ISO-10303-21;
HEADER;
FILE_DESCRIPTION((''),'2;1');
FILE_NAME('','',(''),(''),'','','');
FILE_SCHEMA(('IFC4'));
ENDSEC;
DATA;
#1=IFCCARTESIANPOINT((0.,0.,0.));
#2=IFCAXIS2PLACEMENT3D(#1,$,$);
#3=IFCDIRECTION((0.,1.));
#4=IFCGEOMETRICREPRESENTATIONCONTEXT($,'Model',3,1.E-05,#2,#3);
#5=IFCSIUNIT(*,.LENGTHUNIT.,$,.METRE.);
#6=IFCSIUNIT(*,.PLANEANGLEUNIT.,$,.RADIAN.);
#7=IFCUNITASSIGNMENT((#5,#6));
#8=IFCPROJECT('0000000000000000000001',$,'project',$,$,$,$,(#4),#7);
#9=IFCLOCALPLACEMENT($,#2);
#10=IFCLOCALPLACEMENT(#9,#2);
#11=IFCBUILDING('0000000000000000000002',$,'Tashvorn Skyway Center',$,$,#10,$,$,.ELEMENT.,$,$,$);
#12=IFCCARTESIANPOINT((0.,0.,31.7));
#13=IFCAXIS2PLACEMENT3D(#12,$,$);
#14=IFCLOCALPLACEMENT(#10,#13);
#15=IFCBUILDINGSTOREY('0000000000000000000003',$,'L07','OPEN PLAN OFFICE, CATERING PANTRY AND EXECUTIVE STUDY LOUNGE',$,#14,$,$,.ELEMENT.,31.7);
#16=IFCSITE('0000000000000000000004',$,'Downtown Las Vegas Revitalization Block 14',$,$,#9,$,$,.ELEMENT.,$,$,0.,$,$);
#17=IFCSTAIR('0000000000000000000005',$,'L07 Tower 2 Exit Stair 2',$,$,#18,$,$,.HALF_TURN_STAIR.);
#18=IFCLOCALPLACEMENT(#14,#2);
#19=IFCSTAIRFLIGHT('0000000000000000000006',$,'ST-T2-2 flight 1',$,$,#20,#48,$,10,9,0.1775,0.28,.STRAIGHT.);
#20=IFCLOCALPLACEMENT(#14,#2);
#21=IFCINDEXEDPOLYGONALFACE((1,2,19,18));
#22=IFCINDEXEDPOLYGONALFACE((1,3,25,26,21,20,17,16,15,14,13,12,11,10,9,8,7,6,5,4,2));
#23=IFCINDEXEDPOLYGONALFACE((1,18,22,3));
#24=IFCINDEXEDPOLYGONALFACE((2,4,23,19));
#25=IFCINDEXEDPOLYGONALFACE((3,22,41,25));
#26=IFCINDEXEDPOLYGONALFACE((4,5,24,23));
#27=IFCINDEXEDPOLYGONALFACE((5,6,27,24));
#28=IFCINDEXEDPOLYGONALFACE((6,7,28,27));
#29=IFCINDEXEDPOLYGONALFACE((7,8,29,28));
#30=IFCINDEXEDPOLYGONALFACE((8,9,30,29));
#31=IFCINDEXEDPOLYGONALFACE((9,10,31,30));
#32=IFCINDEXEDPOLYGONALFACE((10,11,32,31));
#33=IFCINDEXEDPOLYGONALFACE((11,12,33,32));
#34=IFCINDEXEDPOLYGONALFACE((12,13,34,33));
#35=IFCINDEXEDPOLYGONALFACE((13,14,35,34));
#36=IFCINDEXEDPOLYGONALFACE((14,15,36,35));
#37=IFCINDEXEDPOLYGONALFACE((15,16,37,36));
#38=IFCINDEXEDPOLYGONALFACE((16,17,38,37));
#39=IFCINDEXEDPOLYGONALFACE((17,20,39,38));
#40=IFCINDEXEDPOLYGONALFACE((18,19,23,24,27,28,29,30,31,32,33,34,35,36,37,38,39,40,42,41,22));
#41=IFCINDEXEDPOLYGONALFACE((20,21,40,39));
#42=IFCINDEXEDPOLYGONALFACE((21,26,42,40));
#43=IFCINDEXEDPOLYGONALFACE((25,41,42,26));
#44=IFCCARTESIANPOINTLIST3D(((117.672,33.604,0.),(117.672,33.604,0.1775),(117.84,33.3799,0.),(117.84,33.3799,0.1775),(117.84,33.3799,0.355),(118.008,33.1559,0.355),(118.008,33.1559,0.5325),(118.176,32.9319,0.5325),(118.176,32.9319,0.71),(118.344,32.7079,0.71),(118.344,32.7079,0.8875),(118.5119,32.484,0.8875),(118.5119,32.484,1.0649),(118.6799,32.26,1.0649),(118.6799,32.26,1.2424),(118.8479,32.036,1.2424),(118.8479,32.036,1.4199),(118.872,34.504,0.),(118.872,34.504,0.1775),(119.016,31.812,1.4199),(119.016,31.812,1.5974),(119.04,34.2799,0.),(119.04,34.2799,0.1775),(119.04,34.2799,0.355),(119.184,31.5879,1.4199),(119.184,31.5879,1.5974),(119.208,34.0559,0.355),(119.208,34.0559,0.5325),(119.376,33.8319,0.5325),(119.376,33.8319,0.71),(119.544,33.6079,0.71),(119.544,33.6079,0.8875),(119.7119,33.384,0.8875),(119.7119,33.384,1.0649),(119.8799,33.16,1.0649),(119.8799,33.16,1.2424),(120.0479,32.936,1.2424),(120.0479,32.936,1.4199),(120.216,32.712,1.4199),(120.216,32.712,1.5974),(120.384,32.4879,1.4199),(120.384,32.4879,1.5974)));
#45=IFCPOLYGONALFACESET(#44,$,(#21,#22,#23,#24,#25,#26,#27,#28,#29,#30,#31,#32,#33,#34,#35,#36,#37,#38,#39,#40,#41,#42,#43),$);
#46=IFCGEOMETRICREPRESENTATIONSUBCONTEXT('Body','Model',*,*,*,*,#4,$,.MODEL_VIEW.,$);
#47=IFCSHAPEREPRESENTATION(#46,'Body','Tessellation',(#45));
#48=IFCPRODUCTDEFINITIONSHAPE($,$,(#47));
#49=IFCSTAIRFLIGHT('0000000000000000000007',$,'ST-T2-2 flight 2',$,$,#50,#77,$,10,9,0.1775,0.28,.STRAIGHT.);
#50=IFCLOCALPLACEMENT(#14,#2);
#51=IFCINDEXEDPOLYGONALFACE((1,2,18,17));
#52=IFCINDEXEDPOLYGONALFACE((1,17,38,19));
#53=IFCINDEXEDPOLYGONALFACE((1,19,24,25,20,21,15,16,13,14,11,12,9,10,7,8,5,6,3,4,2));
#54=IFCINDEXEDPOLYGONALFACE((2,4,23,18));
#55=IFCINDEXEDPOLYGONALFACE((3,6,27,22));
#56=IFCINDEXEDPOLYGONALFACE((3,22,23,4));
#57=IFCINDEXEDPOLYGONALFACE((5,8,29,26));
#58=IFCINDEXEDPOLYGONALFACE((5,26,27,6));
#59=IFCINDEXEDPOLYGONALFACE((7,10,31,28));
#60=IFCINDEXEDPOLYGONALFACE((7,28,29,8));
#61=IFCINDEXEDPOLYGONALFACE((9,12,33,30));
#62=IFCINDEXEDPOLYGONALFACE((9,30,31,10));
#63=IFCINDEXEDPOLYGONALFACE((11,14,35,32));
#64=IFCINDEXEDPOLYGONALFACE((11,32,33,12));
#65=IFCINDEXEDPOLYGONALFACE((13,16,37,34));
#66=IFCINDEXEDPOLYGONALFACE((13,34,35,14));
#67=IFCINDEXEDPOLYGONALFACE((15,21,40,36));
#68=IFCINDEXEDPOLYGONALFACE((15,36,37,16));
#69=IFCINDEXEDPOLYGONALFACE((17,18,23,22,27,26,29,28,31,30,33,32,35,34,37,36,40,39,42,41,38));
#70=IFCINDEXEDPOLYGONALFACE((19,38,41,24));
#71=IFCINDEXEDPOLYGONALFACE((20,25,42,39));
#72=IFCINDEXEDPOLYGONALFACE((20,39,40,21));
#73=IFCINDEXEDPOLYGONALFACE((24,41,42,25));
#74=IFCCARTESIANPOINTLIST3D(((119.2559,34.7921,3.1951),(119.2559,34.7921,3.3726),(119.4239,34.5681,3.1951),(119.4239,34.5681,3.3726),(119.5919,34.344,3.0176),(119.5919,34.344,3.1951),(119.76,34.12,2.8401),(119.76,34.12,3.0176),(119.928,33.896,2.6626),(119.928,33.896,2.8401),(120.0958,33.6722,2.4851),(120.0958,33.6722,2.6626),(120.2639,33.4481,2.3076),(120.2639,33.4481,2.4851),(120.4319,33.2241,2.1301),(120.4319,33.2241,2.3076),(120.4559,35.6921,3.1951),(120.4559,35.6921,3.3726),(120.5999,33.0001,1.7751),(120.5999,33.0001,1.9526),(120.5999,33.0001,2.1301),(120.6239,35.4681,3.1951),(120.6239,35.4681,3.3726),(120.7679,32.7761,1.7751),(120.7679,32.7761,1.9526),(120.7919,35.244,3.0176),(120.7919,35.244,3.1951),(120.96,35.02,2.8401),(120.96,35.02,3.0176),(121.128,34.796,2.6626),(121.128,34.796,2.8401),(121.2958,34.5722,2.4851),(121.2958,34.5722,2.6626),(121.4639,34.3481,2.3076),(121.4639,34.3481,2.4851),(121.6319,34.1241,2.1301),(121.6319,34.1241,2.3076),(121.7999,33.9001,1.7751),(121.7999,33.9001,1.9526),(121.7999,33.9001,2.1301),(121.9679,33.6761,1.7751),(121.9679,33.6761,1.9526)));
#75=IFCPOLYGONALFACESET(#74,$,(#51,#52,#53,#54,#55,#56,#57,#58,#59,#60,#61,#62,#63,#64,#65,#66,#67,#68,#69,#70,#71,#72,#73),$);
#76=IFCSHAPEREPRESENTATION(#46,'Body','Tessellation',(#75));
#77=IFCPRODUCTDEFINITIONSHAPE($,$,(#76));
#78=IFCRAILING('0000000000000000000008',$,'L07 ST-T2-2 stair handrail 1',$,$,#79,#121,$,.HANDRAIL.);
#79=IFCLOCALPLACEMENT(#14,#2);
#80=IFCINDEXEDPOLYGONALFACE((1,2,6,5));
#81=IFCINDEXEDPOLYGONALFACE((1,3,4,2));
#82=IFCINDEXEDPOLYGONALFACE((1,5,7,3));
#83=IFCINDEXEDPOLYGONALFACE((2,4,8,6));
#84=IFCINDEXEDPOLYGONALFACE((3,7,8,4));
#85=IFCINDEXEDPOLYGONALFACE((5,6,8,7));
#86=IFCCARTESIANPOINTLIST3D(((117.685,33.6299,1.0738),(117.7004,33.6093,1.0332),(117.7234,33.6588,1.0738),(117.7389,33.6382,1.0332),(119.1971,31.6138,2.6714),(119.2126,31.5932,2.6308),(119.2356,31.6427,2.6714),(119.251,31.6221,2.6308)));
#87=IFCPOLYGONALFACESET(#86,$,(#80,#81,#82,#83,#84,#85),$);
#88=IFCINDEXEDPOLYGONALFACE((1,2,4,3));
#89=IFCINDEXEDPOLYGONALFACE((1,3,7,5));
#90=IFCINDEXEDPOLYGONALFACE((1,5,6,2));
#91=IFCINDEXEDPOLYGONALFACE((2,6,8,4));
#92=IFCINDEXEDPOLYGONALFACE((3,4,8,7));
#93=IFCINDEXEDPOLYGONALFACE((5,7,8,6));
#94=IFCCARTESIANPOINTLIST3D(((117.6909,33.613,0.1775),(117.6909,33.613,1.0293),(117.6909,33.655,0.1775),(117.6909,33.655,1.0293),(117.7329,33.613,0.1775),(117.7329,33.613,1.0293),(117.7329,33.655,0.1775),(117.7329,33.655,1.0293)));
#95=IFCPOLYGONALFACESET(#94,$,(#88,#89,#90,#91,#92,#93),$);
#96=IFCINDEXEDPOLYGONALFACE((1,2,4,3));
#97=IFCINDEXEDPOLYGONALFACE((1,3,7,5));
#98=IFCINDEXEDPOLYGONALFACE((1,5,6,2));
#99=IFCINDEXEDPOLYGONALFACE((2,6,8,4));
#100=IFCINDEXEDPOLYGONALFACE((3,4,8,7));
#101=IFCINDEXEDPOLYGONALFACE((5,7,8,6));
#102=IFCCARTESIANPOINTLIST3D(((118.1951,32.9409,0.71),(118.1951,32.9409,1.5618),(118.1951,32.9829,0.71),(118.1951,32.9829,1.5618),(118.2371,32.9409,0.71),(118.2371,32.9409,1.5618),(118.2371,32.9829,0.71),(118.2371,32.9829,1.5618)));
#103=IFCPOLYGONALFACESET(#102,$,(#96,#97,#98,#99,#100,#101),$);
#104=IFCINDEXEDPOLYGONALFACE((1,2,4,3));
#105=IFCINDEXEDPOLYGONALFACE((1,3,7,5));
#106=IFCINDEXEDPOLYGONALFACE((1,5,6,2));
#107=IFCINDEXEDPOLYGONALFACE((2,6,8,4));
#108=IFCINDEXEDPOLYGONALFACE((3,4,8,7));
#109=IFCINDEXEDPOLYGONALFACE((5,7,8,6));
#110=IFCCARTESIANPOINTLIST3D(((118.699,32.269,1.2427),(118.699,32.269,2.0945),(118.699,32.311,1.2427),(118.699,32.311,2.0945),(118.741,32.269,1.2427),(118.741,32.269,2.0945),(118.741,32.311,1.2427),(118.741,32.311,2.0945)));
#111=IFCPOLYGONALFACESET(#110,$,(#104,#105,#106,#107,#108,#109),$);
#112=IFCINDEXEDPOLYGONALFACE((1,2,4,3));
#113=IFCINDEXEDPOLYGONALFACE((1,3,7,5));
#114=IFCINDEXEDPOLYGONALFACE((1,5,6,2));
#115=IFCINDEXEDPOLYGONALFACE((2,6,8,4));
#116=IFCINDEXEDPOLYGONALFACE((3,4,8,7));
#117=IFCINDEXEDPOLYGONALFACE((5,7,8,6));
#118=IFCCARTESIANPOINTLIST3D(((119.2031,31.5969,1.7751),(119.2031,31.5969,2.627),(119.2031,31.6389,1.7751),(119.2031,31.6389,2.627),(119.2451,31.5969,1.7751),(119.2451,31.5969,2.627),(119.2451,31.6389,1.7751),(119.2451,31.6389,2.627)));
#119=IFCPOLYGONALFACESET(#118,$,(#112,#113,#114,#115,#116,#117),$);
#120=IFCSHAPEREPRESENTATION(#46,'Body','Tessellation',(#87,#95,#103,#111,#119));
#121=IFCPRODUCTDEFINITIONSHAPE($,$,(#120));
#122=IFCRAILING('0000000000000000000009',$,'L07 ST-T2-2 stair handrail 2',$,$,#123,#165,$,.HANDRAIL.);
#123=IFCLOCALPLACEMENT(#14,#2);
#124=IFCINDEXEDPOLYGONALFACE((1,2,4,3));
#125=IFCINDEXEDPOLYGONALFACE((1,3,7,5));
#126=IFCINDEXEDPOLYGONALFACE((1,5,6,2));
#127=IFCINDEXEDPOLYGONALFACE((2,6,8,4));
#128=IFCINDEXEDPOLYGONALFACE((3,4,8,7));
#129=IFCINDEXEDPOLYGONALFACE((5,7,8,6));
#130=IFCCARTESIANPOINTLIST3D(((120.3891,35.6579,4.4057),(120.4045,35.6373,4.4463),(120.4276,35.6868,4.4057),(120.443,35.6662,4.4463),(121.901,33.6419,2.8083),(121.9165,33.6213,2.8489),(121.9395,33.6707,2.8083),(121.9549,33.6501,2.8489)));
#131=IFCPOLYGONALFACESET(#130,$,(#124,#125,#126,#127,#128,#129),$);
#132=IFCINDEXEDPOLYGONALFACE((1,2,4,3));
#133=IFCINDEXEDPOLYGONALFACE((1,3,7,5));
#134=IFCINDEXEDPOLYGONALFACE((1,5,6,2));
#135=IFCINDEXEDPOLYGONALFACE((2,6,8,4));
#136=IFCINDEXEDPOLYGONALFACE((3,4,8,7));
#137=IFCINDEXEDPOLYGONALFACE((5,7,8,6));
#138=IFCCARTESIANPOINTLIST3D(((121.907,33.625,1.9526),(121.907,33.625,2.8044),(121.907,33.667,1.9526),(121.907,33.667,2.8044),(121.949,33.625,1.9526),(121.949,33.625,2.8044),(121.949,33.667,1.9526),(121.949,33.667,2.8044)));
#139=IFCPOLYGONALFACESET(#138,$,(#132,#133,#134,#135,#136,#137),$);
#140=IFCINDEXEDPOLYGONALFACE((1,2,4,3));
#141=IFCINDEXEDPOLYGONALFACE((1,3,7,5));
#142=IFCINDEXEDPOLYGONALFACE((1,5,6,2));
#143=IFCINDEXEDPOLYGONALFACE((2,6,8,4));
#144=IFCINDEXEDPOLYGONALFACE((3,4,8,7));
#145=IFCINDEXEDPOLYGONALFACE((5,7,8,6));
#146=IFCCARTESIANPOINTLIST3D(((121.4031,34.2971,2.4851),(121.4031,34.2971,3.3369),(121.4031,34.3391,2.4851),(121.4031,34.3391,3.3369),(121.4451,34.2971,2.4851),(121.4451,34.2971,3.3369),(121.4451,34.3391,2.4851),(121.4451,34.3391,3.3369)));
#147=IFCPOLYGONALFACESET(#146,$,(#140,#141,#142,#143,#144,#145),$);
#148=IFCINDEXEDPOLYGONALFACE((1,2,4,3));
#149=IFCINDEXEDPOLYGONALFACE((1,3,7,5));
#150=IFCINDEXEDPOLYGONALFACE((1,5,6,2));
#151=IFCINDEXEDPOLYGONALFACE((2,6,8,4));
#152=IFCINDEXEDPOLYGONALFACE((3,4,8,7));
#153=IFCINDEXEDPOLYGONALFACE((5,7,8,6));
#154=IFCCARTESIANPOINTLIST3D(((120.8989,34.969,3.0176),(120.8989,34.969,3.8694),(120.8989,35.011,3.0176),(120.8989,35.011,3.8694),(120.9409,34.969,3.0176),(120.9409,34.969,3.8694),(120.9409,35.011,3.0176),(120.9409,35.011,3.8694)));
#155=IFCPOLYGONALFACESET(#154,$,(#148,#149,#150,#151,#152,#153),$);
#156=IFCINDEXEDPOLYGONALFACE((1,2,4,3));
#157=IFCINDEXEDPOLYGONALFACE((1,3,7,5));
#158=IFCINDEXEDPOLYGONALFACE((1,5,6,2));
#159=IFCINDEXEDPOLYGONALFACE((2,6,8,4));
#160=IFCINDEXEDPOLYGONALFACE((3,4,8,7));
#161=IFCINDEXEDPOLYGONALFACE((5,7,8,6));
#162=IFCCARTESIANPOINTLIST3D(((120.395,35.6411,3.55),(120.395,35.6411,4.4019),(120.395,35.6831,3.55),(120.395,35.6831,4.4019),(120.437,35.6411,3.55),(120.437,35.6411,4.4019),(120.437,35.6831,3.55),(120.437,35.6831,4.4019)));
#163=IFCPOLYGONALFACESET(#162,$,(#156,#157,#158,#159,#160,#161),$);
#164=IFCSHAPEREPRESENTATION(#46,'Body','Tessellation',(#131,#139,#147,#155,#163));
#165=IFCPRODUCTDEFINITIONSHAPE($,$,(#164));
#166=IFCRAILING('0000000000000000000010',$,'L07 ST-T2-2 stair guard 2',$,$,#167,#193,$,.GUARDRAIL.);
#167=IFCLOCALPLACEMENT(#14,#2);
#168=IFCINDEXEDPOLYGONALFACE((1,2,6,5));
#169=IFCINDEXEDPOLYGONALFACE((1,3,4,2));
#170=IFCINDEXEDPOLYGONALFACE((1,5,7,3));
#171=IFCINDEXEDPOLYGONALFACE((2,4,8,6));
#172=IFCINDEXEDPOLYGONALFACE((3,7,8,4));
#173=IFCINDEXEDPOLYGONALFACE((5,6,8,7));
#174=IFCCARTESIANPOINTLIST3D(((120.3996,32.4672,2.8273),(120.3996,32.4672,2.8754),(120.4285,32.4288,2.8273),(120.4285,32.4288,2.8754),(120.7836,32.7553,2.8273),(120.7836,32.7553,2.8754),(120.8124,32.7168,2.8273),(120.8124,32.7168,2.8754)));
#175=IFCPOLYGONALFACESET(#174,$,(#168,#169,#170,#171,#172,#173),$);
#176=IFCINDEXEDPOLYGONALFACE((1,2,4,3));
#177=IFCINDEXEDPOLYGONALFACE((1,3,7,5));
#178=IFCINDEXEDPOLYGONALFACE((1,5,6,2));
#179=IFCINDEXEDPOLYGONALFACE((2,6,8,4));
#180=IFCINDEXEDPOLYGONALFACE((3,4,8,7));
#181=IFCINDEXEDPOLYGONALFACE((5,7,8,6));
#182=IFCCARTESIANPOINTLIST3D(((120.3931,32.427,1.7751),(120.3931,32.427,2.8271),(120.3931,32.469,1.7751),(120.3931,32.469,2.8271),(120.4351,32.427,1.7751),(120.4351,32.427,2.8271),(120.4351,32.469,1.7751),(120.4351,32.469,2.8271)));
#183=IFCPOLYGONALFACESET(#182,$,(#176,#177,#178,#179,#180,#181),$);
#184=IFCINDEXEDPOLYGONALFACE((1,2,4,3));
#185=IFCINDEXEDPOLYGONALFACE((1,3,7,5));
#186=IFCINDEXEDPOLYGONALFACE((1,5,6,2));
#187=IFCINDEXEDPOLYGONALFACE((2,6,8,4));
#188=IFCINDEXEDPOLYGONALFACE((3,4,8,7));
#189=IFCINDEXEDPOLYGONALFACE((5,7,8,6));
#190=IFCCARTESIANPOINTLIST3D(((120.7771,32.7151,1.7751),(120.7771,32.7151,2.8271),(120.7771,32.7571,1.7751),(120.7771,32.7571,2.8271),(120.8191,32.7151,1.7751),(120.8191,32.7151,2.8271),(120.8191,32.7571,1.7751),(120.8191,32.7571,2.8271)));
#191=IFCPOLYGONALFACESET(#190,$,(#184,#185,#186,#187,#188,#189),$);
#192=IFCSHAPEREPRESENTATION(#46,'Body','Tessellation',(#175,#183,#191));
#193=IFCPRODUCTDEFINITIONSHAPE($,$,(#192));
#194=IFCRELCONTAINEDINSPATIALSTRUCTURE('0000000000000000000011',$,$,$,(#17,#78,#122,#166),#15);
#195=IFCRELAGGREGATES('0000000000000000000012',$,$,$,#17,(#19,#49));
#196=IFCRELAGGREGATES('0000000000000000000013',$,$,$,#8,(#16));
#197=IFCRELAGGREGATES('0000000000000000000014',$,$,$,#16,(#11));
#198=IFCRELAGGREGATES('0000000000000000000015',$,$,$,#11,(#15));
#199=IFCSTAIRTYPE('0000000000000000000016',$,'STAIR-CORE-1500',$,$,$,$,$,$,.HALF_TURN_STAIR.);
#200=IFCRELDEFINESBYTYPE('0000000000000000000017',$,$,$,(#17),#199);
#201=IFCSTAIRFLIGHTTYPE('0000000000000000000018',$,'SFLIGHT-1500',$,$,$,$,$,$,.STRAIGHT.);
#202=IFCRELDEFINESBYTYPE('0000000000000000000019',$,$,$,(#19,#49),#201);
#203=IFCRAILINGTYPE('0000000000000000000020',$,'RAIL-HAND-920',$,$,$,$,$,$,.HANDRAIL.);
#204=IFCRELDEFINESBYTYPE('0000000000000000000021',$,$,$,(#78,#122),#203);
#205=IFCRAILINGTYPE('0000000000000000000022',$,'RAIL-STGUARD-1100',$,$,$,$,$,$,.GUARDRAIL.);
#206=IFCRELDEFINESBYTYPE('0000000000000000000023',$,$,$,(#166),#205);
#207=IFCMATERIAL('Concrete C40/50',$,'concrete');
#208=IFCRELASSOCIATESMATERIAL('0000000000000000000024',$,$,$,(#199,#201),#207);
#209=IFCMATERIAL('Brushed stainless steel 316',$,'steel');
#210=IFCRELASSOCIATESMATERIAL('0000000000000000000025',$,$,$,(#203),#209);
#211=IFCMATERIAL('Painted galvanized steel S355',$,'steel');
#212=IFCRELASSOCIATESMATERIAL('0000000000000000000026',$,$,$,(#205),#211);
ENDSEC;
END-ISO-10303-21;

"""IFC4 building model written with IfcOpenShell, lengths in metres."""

from ifc_helpers import new_model, si_unit, direction, frame, origin, origin_2d, place, context, subcontext, project, spatial, polyline, rectangle, outline, extrude, material, type_object, element, aggregate, save


model = new_model("IFC4")

# Units and contexts
model_context = context("Model", 3, precision=1e-05, world=origin(), true_north=direction((0.0, 1.0)))
body_context = subcontext(model_context, "Body", "Model", "MODEL_VIEW")
ifc_project = project(units=[si_unit("LENGTHUNIT", "METRE"), si_unit("PLANEANGLEUNIT", "RADIAN")], contexts=[model_context])

# Site, building, storey
site_placement = place(None, origin())
site = spatial("IfcSite", under=ifc_project, at=site_placement, Name="Downtown Las Vegas Revitalization Block 14", CompositionType="ELEMENT", RefElevation=0.0)
building_placement = place(site_placement, origin())
building = spatial("IfcBuilding", under=site, at=building_placement, Name="Tashvorn Skyway Center", CompositionType="ELEMENT")
storey_placement = place(building_placement, frame((0.0, 0.0, 31.7)))
storey = spatial("IfcBuildingStorey", under=building, at=storey_placement, Name="L07", Description="OPEN PLAN OFFICE, CATERING PANTRY AND EXECUTIVE STUDY LOUNGE", CompositionType="ELEMENT", Elevation=31.7)

# Shared definitions
ifc_material_1 = material(Name="Concrete C40/50", Category="concrete")

# Stair, stair flights
stair_type = type_object("IfcStairType", Name="STAIR-CORE-1500", PredefinedType="HALF_TURN_STAIR", material=ifc_material_1)
stair_placement = place(storey_placement, origin())
stair = element("IfcStair", 1, at=stair_placement, inside=storey, type_object=stair_type, Name="L07 Tower 2 Exit Stair 2", PredefinedType="HALF_TURN_STAIR")
stair_flight_type = type_object("IfcStairFlightType", Name="SFLIGHT-1500", PredefinedType="STRAIGHT", material=ifc_material_1)
stair_flight_1_placement = place(storey_placement, frame((118.272, 34.054, 0.0), z_axis=(0.0, 0.0, 1.0), x_axis=(0.6, -0.8, 0.0)))
stair_flight_1 = element("IfcStairFlight", 2, at=stair_flight_1_placement, type_object=stair_flight_type, Name="ST-T2-2 flight 1", NumberOfRisers=10, NumberOfTreads=9, PredefinedType="STRAIGHT", RiserHeight=0.1775, TreadLength=0.28, context=body_context, shape_type="SweptSolid", body=[
    extrude(outline(polyline([(0.0, 0.0), (0.0, 0.1775), (0.28, 0.1775), (0.28, 0.355), (0.5601, 0.355), (0.5601, 0.5325), (0.8401, 0.5325), (0.8401, 0.71), (1.1201, 0.71), (1.1201, 0.8875), (1.3999, 0.8875), (1.3999, 1.0649), (1.6799, 1.0649), (1.6799, 1.2424), (1.96, 1.2424), (1.96, 1.4199), (2.24, 1.4199), (2.24, 1.5974), (2.52, 1.5974), (2.52, 1.7749), (2.52, 1.4199), (0.28, 0.0), (0.0, 0.0)])), frame((0.0, 0.75, 0.0), z_axis=(0.0, -1.0, 0.0), x_axis=(1.0, 0.0, 0.0)), (0.0, 0.0, 1.0), 1.5),
])
stair_flight_2_placement = place(storey_placement, frame((121.3679, 33.2261, 1.7751), z_axis=(0.0, 0.0, 1.0), x_axis=(-0.6, 0.8, 0.0)))
stair_flight_2 = element("IfcStairFlight", 3, at=stair_flight_2_placement, type_object=stair_flight_type, Name="ST-T2-2 flight 2", NumberOfRisers=10, NumberOfTreads=9, PredefinedType="STRAIGHT", RiserHeight=0.1775, TreadLength=0.28, context=body_context, shape_type="SweptSolid", body=[
    extrude(outline(polyline([(0.0, 0.0), (0.0, 0.1775), (0.28, 0.1775), (0.28, 0.355), (0.5601, 0.355), (0.5601, 0.5325), (0.8401, 0.5325), (0.8401, 0.71), (1.1201, 0.71), (1.1201, 0.8875), (1.3999, 0.8875), (1.3999, 1.0649), (1.6799, 1.0649), (1.6799, 1.2424), (1.96, 1.2424), (1.96, 1.4199), (2.24, 1.4199), (2.24, 1.5974), (2.52, 1.5974), (2.52, 1.7749), (2.52, 1.4199), (0.28, 0.0), (0.0, 0.0)])), frame((0.0, 0.75, 0.0), z_axis=(0.0, -1.0, 0.0), x_axis=(1.0, 0.0, 0.0)), (0.0, 0.0, 1.0), 1.5),
])
aggregate(stair, [stair_flight_1, stair_flight_2])

# Railings
ifc_material_2 = material(Name="Brushed stainless steel 316", Category="steel")
railing_type_1 = type_object("IfcRailingType", Name="RAIL-HAND-920", PredefinedType="HANDRAIL", material=ifc_material_2)
railing_1_placement = place(storey_placement, frame((117.7119, 33.634, 0.1775)))
element("IfcRailing", 4, at=railing_1_placement, inside=storey, type_object=railing_type_1, Name="L07 ST-T2-2 stair handrail 1", PredefinedType="HANDRAIL", context=body_context, shape_type="SweptSolid", body=[
    extrude(rectangle(XDim=0.0481, YDim=0.0481, at=origin_2d()), frame((0.0, 0.0, 0.876), z_axis=(0.506779, -0.675651, 0.535416), x_axis=(0.799977, 0.600031, 0.0)), (0.0, 0.0, 1.0), 2.9839),
    extrude(rectangle(XDim=0.042, YDim=0.042, at=origin_2d()), origin(), (0.0, 0.0, 1.0), 0.8518),
    extrude(rectangle(XDim=0.042, YDim=0.042, at=origin_2d()), frame((0.5042, -0.6721, 0.5325)), (0.0, 0.0, 1.0), 0.8518),
    extrude(rectangle(XDim=0.042, YDim=0.042, at=origin_2d()), frame((1.0081, -1.344, 1.0652)), (0.0, 0.0, 1.0), 0.8518),
    extrude(rectangle(XDim=0.042, YDim=0.042, at=origin_2d()), frame((1.5122, -2.0161, 1.5977)), (0.0, 0.0, 1.0), 0.8518),
])
railing_2_placement = place(storey_placement, frame((121.928, 33.646, 1.9526)))
element("IfcRailing", 5, at=railing_2_placement, inside=storey, type_object=railing_type_1, Name="L07 ST-T2-2 stair handrail 2", PredefinedType="HANDRAIL", context=body_context, shape_type="SweptSolid", body=[
    extrude(rectangle(XDim=0.0481, YDim=0.0481, at=origin_2d()), frame((0.0, 0.0, 0.876), z_axis=(-0.506741, 0.675709, 0.535379), x_axis=(-0.800023, -0.599969, 0.0)), (0.0, 0.0, 1.0), 2.9836),
    extrude(rectangle(XDim=0.042, YDim=0.042, at=origin_2d()), origin(), (0.0, 0.0, 1.0), 0.8518),
    extrude(rectangle(XDim=0.042, YDim=0.042, at=origin_2d()), frame((-0.5039, 0.6721, 0.5325)), (0.0, 0.0, 1.0), 0.8518),
    extrude(rectangle(XDim=0.042, YDim=0.042, at=origin_2d()), frame((-1.0081, 1.344, 1.0649)), (0.0, 0.0, 1.0), 0.8518),
    extrude(rectangle(XDim=0.042, YDim=0.042, at=origin_2d()), frame((-1.512, 2.0161, 1.5974)), (0.0, 0.0, 1.0), 0.8518),
])
ifc_material_3 = material(Name="Painted galvanized steel S355", Category="steel")
railing_type_2 = type_object("IfcRailingType", Name="RAIL-STGUARD-1100", PredefinedType="GUARDRAIL", material=ifc_material_3)
railing_3_placement = place(storey_placement, frame((120.4141, 32.448, 1.7751)))
element("IfcRailing", 6, at=railing_3_placement, inside=storey, type_object=railing_type_2, Name="L07 ST-T2-2 stair guard 2", PredefinedType="GUARDRAIL", context=body_context, shape_type="SweptSolid", body=[
    extrude(rectangle(XDim=0.0481, YDim=0.0481, at=origin_2d()), frame((0.0, 0.0, 1.0762), z_axis=(0.799939, 0.600081, 0.0), x_axis=(-0.600081, 0.799939, 0.0)), (0.0, 0.0, 1.0), 0.48),
    extrude(rectangle(XDim=0.042, YDim=0.042, at=origin_2d()), origin(), (0.0, 0.0, 1.0), 1.052),
    extrude(rectangle(XDim=0.042, YDim=0.042, at=origin_2d()), frame((0.384, 0.2881, 0.0)), (0.0, 0.0, 1.0), 1.052),
])

save(model, "model.ifc")
